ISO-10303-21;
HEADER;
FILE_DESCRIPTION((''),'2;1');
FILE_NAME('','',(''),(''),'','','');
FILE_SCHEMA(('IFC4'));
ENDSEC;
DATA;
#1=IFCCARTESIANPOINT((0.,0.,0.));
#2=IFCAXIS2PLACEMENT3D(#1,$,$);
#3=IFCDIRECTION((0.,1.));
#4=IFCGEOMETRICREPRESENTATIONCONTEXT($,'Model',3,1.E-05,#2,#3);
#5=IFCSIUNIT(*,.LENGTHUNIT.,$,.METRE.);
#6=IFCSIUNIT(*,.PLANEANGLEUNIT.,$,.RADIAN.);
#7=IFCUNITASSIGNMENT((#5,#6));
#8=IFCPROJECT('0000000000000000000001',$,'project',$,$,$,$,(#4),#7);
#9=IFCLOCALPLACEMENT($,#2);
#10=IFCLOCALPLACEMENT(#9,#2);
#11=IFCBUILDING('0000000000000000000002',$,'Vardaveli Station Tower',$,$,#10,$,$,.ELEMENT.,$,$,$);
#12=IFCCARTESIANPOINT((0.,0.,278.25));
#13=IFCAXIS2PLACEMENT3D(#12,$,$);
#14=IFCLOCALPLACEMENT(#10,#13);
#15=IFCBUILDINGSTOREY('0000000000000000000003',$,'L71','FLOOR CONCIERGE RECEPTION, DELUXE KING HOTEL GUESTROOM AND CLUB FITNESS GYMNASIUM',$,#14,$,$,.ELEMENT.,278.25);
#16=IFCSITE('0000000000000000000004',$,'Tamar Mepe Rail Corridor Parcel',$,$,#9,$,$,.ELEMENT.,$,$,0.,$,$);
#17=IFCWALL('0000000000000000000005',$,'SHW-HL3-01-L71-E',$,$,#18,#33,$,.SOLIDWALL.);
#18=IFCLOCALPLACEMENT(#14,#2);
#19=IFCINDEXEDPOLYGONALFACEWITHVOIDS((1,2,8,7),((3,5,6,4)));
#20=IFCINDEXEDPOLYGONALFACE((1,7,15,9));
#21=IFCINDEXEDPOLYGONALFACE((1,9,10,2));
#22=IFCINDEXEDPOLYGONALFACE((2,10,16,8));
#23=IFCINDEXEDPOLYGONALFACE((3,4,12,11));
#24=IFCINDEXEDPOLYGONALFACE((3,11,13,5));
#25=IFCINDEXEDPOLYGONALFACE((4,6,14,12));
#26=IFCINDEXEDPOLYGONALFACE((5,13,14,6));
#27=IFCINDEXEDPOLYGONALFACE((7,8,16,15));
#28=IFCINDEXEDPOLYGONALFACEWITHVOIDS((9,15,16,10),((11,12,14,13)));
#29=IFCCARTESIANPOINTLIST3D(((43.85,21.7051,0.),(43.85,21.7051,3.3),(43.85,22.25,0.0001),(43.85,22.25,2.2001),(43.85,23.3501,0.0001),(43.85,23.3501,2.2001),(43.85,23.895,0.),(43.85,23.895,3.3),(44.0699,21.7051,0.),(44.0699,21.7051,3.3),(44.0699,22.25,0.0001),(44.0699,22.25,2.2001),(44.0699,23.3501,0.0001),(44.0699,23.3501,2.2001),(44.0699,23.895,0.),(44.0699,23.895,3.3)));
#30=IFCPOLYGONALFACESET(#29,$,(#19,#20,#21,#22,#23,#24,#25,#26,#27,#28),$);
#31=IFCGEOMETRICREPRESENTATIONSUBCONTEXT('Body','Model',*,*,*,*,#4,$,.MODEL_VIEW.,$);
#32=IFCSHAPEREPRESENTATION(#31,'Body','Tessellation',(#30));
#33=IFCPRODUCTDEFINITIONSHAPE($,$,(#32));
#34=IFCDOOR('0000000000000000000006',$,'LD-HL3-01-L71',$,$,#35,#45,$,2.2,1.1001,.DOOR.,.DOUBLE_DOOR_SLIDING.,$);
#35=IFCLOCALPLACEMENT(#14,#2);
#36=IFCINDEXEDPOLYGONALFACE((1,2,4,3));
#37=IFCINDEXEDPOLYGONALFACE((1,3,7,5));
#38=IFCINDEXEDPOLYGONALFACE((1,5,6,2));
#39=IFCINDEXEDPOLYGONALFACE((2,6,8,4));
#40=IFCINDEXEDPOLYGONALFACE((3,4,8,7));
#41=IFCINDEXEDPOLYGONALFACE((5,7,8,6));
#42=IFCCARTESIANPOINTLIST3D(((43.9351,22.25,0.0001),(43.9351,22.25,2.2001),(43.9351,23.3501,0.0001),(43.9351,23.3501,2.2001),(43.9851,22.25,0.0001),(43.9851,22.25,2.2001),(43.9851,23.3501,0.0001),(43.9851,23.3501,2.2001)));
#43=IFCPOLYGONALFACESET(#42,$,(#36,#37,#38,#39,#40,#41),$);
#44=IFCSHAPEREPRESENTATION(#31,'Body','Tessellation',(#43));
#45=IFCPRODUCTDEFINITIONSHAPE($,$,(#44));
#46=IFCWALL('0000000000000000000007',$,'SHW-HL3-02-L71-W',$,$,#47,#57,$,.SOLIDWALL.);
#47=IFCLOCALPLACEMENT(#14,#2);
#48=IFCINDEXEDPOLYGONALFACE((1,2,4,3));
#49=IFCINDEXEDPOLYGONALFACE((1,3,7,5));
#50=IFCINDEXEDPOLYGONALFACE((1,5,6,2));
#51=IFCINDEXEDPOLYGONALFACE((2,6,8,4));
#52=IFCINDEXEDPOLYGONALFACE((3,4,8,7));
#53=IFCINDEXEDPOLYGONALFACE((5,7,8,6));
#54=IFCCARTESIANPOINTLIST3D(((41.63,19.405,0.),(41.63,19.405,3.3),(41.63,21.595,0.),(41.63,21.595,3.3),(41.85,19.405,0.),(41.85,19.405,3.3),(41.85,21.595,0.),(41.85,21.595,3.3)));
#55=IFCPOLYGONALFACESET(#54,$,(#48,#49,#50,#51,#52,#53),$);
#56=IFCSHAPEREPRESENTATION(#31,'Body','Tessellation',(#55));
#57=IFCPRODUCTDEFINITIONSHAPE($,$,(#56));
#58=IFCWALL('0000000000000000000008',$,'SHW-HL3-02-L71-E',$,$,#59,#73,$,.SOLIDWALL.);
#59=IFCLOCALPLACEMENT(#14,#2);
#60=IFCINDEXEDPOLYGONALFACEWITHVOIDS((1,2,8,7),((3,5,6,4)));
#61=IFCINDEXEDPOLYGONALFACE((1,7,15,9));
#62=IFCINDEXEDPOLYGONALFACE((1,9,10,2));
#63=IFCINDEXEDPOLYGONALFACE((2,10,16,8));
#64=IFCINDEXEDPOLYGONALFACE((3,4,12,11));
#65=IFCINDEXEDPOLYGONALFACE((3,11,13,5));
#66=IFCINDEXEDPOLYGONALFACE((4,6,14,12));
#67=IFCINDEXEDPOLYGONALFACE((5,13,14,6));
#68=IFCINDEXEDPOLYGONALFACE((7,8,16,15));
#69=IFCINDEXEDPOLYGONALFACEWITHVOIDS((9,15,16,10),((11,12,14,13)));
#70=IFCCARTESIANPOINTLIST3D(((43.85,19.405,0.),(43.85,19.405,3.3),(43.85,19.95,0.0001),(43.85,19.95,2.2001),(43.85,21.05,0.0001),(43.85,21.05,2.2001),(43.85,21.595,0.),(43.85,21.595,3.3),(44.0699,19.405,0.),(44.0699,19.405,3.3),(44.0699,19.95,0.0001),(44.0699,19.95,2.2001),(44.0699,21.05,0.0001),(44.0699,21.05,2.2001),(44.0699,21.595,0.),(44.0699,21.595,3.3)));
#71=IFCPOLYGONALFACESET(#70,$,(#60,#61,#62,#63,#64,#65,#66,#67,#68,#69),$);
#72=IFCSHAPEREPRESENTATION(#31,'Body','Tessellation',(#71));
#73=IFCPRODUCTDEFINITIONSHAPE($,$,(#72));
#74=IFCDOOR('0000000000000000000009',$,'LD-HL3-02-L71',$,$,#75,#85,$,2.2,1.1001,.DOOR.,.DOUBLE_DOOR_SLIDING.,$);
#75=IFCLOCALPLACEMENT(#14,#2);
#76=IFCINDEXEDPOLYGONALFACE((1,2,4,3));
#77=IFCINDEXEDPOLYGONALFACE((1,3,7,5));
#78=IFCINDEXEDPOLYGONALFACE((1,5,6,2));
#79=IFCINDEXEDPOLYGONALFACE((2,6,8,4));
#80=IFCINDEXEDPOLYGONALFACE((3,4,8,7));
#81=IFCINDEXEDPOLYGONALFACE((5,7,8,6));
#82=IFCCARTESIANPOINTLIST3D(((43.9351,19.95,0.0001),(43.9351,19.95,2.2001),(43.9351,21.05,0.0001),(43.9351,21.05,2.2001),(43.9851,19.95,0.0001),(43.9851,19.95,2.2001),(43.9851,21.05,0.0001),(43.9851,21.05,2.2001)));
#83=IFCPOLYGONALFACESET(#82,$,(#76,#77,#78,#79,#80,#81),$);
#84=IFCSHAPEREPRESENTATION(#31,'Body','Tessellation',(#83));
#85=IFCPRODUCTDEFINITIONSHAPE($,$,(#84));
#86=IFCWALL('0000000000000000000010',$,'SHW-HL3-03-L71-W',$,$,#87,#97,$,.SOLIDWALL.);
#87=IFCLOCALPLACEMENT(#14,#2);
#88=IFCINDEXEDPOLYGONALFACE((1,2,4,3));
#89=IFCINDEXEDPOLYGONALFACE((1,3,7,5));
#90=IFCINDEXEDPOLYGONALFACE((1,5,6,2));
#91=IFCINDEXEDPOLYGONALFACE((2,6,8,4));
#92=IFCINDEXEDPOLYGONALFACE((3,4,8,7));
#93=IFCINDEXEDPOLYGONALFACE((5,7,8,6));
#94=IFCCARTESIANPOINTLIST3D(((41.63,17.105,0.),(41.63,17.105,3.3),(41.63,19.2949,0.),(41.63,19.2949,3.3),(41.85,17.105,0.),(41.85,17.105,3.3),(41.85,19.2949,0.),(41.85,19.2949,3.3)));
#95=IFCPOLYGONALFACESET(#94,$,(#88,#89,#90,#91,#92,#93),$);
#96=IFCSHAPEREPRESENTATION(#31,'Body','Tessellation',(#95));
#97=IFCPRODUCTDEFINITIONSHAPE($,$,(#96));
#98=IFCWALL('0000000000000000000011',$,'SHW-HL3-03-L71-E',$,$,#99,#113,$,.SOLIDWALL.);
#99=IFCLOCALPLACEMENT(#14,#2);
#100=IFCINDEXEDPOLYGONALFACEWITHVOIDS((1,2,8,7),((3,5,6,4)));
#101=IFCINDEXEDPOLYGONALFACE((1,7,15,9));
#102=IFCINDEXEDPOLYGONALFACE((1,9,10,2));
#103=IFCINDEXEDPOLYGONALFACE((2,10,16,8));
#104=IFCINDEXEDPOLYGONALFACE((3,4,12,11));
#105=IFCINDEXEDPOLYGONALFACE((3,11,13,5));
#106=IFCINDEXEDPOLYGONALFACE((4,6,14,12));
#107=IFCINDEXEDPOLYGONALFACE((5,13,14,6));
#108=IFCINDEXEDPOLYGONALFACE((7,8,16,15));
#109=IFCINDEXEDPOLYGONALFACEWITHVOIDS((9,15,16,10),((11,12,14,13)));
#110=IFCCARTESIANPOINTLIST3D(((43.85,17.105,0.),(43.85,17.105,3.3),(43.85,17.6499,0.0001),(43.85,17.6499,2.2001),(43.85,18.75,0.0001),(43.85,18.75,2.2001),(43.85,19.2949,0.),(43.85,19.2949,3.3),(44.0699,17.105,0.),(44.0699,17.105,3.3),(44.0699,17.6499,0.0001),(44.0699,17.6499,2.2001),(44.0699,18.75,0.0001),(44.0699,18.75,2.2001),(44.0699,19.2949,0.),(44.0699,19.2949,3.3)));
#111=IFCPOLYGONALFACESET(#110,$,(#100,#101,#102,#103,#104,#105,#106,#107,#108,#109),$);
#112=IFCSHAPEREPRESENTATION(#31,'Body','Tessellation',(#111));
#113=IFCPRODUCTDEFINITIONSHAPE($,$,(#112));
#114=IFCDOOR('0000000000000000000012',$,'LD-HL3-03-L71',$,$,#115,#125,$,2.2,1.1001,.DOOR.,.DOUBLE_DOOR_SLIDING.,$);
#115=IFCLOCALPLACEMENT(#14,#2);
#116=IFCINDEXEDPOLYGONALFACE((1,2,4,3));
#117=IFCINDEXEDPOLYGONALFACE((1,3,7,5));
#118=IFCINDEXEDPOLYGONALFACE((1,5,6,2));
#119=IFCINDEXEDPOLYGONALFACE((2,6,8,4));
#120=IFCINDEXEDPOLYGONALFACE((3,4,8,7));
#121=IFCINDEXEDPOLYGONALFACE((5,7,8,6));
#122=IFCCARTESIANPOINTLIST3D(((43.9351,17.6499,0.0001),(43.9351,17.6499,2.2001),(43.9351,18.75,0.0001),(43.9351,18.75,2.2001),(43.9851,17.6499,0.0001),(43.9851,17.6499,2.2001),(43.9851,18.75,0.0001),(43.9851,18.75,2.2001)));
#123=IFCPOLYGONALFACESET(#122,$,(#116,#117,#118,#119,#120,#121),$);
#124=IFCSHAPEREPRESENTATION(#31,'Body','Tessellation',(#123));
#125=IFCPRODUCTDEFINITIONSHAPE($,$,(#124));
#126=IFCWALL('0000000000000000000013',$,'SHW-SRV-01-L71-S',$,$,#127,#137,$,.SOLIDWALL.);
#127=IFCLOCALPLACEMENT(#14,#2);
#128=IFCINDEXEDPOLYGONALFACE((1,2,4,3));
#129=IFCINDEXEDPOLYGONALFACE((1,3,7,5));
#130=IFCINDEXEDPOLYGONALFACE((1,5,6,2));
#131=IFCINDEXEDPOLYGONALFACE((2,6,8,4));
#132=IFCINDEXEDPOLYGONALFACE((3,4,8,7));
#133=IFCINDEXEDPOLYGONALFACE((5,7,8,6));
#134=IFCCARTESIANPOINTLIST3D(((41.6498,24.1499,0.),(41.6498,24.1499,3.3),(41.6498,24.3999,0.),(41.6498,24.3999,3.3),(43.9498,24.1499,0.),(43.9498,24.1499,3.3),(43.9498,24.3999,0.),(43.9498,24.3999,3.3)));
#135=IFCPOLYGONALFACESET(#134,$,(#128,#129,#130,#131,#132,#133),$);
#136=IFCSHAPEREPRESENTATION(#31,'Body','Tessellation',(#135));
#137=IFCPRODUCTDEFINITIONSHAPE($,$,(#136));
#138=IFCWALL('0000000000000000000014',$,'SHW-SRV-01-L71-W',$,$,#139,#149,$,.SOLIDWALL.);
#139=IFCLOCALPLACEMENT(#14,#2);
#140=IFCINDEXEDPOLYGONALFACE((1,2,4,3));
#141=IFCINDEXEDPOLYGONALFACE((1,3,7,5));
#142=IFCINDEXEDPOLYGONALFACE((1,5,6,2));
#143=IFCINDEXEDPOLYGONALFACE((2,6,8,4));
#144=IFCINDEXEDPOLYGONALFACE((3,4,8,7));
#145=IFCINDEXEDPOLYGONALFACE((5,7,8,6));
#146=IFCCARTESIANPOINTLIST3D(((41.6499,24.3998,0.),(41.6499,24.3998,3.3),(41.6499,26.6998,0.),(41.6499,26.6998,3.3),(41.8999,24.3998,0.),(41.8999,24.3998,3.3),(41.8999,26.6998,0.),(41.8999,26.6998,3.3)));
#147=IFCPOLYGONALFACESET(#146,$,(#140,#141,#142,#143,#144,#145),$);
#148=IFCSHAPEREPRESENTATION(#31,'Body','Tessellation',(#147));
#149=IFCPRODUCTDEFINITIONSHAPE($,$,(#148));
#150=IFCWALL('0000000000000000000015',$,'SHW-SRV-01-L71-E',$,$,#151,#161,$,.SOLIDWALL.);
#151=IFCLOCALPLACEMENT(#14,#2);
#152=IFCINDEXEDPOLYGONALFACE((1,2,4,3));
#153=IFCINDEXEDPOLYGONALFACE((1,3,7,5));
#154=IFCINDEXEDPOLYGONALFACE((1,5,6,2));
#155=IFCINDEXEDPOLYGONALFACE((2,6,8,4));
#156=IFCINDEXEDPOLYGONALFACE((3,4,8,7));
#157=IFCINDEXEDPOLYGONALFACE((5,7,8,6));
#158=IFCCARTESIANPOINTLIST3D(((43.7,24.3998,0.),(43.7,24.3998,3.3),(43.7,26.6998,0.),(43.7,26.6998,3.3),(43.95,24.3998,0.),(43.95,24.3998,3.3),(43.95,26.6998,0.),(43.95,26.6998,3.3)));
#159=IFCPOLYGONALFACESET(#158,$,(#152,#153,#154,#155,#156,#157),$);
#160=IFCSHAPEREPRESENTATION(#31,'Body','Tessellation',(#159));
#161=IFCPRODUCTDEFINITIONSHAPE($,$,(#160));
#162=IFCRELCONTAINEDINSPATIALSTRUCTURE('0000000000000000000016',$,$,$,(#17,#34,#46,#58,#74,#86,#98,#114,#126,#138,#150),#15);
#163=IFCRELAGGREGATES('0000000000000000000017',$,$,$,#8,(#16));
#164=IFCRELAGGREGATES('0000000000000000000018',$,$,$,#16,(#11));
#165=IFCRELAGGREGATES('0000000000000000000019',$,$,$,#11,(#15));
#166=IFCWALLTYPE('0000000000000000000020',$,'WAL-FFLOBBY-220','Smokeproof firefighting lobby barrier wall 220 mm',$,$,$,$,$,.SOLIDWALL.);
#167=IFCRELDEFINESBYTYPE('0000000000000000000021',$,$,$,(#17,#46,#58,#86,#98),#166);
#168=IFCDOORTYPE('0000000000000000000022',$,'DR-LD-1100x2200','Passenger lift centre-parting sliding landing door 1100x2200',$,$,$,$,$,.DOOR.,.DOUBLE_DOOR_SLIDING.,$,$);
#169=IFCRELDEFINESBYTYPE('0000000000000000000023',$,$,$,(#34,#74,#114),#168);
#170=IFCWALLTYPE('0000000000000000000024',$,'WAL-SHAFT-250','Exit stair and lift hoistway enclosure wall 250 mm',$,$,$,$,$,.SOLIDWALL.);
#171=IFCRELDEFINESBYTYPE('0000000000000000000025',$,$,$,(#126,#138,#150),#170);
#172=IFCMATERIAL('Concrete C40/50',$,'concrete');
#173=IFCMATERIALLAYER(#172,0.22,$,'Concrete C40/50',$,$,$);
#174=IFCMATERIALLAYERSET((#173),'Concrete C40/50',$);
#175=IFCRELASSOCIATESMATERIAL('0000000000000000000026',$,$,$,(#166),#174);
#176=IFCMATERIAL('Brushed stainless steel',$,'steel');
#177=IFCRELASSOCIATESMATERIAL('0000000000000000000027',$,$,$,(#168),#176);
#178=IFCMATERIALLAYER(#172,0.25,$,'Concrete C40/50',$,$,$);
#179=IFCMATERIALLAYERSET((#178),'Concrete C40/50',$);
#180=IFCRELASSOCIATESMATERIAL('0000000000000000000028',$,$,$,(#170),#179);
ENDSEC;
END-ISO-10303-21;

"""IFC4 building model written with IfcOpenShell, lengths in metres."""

from ifc_helpers import new_model, si_unit, direction, frame, frame_2d, origin, place, context, subcontext, project, spatial, rectangle, extrude, source, transform, mapped, material, layer, layer_set, type_object, element, fill, save


model = new_model("IFC4")

# Units and contexts
model_context = context("Model", 3, precision=1e-05, world=origin(), true_north=direction((0.0, 1.0)))
body_context = subcontext(model_context, "Body", "Model", "MODEL_VIEW")
ifc_project = project(units=[si_unit("LENGTHUNIT", "METRE"), si_unit("PLANEANGLEUNIT", "RADIAN")], contexts=[model_context])

# Site, building, storey
site_placement = place(None, origin())
site = spatial("IfcSite", under=ifc_project, at=site_placement, Name="Tamar Mepe Rail Corridor Parcel", CompositionType="ELEMENT", RefElevation=0.0)
building_placement = place(site_placement, origin())
building = spatial("IfcBuilding", under=site, at=building_placement, Name="Vardaveli Station Tower", CompositionType="ELEMENT")
storey_placement = place(building_placement, frame((0.0, 0.0, 278.25)))
storey = spatial("IfcBuildingStorey", under=building, at=storey_placement, Name="L71", Description="FLOOR CONCIERGE RECEPTION, DELUXE KING HOTEL GUESTROOM AND CLUB FITNESS GYMNASIUM", CompositionType="ELEMENT", Elevation=278.25)

# Shared definitions
ifc_material_1 = material(Name="Concrete C40/50", Category="concrete")
ifc_layer_1 = layer(ifc_material_1, 0.22, Name="Concrete C40/50")
ifc_layer_set_1 = layer_set([ifc_layer_1], Name="Concrete C40/50")
wall_type_1 = type_object("IfcWallType", Name="WAL-FFLOBBY-220", Description="Smokeproof firefighting lobby barrier wall 220 mm", PredefinedType="SOLIDWALL", material=ifc_layer_set_1)
shared_shape_1 = source(origin(), body_context, "Body", "SweptSolid", [
    extrude(rectangle(XDim=2.1899, YDim=0.22, at=frame_2d((1.095, 0.0))), origin(), (0.0, 0.0, 1.0), 3.3),
])

# Wall, opening, door
wall_1_placement = place(storey_placement, frame((43.96, 21.7051, 0.0), z_axis=(0.0, 0.0, 1.0), x_axis=(0.0, 1.0, 0.0)))
wall_1 = element("IfcWall", 1, at=wall_1_placement, inside=storey, type_object=wall_type_1, Name="SHW-HL3-01-L71-E", PredefinedType="SOLIDWALL", context=body_context, shape_type="MappedRepresentation", body=[
    mapped(shared_shape_1, transform((0.0, 0.0, 0.0), scale=1.0)),
])
shared_shape_2 = source(origin(), body_context, "Body", "SweptSolid", [
    extrude(rectangle(XDim=1.1001, YDim=2.2, at=frame_2d((0.55, 1.1001))), frame((0.0, 0.1201, 0.0), z_axis=(0.0, -1.0, 0.0), x_axis=(1.0, 0.0, 0.0)), (0.0, 0.0, 1.0), 0.24),
])
opening_1_placement = place(wall_1_placement, frame((0.5449, 0.0, 0.0)))
opening_1 = element("IfcOpeningElement", 2, at=opening_1_placement, cuts=wall_1, PredefinedType="OPENING", context=body_context, shape_type="MappedRepresentation", body=[
    mapped(shared_shape_2, transform((0.0, 0.0, 0.0), scale=1.0)),
])
ifc_material_2 = material(Name="Brushed stainless steel", Category="steel")
door_type_1 = type_object("IfcDoorType", Name="DR-LD-1100x2200", Description="Passenger lift centre-parting sliding landing door 1100x2200", OperationType="DOUBLE_DOOR_SLIDING", PredefinedType="DOOR", material=ifc_material_2)
shared_shape_3 = source(origin(), body_context, "Body", "SweptSolid", [
    extrude(rectangle(XDim=1.1001, YDim=2.2, at=frame_2d((0.55, 1.1001))), frame((0.0, 0.0249, 0.0), z_axis=(0.0, -1.0, 0.0), x_axis=(1.0, 0.0, 0.0)), (0.0, 0.0, 1.0), 0.05),
])
door_1_placement = place(opening_1_placement, origin())
door_1 = element("IfcDoor", 3, at=door_1_placement, inside=storey, type_object=door_type_1, Name="LD-HL3-01-L71", OperationType="DOUBLE_DOOR_SLIDING", OverallHeight=2.2, OverallWidth=1.1001, PredefinedType="DOOR", context=body_context, shape_type="MappedRepresentation", body=[
    mapped(shared_shape_3, transform((0.0, 0.0, 0.0), scale=1.0)),
])
fill(opening_1, door_1)

# Wall
wall_2_placement = place(storey_placement, frame((41.74, 19.405, 0.0), z_axis=(0.0, 0.0, 1.0), x_axis=(0.0, 1.0, 0.0)))
element("IfcWall", 4, at=wall_2_placement, inside=storey, type_object=wall_type_1, Name="SHW-HL3-02-L71-W", PredefinedType="SOLIDWALL", context=body_context, shape_type="MappedRepresentation", body=[
    mapped(shared_shape_1, transform((0.0, 0.0, 0.0), scale=1.0)),
])

# Wall, opening, door
wall_3_placement = place(storey_placement, frame((43.96, 19.405, 0.0), z_axis=(0.0, 0.0, 1.0), x_axis=(0.0, 1.0, 0.0)))
wall_3 = element("IfcWall", 5, at=wall_3_placement, inside=storey, type_object=wall_type_1, Name="SHW-HL3-02-L71-E", PredefinedType="SOLIDWALL", context=body_context, shape_type="MappedRepresentation", body=[
    mapped(shared_shape_1, transform((0.0, 0.0, 0.0), scale=1.0)),
])
opening_2_placement = place(wall_3_placement, frame((0.5449, 0.0, 0.0)))
opening_2 = element("IfcOpeningElement", 6, at=opening_2_placement, cuts=wall_3, PredefinedType="OPENING", context=body_context, shape_type="MappedRepresentation", body=[
    mapped(shared_shape_2, transform((0.0, 0.0, 0.0), scale=1.0)),
])
door_2_placement = place(opening_2_placement, origin())
door_2 = element("IfcDoor", 7, at=door_2_placement, inside=storey, type_object=door_type_1, Name="LD-HL3-02-L71", OperationType="DOUBLE_DOOR_SLIDING", OverallHeight=2.2, OverallWidth=1.1001, PredefinedType="DOOR", context=body_context, shape_type="MappedRepresentation", body=[
    mapped(shared_shape_3, transform((0.0, 0.0, 0.0), scale=1.0)),
])
fill(opening_2, door_2)

# Wall
wall_4_placement = place(storey_placement, frame((41.74, 17.105, 0.0), z_axis=(0.0, 0.0, 1.0), x_axis=(0.0, 1.0, 0.0)))
element("IfcWall", 8, at=wall_4_placement, inside=storey, type_object=wall_type_1, Name="SHW-HL3-03-L71-W", PredefinedType="SOLIDWALL", context=body_context, shape_type="MappedRepresentation", body=[
    mapped(shared_shape_1, transform((0.0, 0.0, 0.0), scale=1.0)),
])

# Wall, opening, door
wall_5_placement = place(storey_placement, frame((43.96, 17.105, 0.0), z_axis=(0.0, 0.0, 1.0), x_axis=(0.0, 1.0, 0.0)))
wall_5 = element("IfcWall", 9, at=wall_5_placement, inside=storey, type_object=wall_type_1, Name="SHW-HL3-03-L71-E", PredefinedType="SOLIDWALL", context=body_context, shape_type="MappedRepresentation", body=[
    mapped(shared_shape_1, transform((0.0, 0.0, 0.0), scale=1.0)),
])
opening_3_placement = place(wall_5_placement, frame((0.5449, 0.0, 0.0)))
opening_3 = element("IfcOpeningElement", 10, at=opening_3_placement, cuts=wall_5, PredefinedType="OPENING", context=body_context, shape_type="MappedRepresentation", body=[
    mapped(shared_shape_2, transform((0.0, 0.0, 0.0), scale=1.0)),
])
door_3_placement = place(opening_3_placement, origin())
door_3 = element("IfcDoor", 11, at=door_3_placement, inside=storey, type_object=door_type_1, Name="LD-HL3-03-L71", OperationType="DOUBLE_DOOR_SLIDING", OverallHeight=2.2, OverallWidth=1.1001, PredefinedType="DOOR", context=body_context, shape_type="MappedRepresentation", body=[
    mapped(shared_shape_3, transform((0.0, 0.0, 0.0), scale=1.0)),
])
fill(opening_3, door_3)

# Walls
ifc_layer_2 = layer(ifc_material_1, 0.25, Name="Concrete C40/50")
ifc_layer_set_2 = layer_set([ifc_layer_2], Name="Concrete C40/50")
wall_type_2 = type_object("IfcWallType", Name="WAL-SHAFT-250", Description="Exit stair and lift hoistway enclosure wall 250 mm", PredefinedType="SOLIDWALL", material=ifc_layer_set_2)
shared_shape_4 = source(origin(), body_context, "Body", "SweptSolid", [
    extrude(rectangle(XDim=2.3, YDim=0.25, at=frame_2d((1.1499, 0.0))), origin(), (0.0, 0.0, 1.0), 3.3),
])
for number, where, z_axis, x_axis, name in (
    (12, (41.6499, 24.2749, 0.0), (0.0, 0.0, 1.0), (1.0, 0.0, 0.0), "SHW-SRV-01-L71-S"),
    (13, (41.7749, 24.3999, 0.0), (0.0, 0.0, 1.0), (0.0, 1.0, 0.0), "SHW-SRV-01-L71-W"),
    (14, (43.825, 24.3999, 0.0), (0.0, 0.0, 1.0), (0.0, 1.0, 0.0), "SHW-SRV-01-L71-E"),
):
    element("IfcWall", number, at=place(storey_placement, frame(where, z_axis=z_axis, x_axis=x_axis)), inside=storey, type_object=wall_type_2, Name=name, PredefinedType="SOLIDWALL", context=body_context, shape_type="MappedRepresentation", body=[
        mapped(shared_shape_4, transform((0.0, 0.0, 0.0), scale=1.0)),
    ])

save(model, "model.ifc")
